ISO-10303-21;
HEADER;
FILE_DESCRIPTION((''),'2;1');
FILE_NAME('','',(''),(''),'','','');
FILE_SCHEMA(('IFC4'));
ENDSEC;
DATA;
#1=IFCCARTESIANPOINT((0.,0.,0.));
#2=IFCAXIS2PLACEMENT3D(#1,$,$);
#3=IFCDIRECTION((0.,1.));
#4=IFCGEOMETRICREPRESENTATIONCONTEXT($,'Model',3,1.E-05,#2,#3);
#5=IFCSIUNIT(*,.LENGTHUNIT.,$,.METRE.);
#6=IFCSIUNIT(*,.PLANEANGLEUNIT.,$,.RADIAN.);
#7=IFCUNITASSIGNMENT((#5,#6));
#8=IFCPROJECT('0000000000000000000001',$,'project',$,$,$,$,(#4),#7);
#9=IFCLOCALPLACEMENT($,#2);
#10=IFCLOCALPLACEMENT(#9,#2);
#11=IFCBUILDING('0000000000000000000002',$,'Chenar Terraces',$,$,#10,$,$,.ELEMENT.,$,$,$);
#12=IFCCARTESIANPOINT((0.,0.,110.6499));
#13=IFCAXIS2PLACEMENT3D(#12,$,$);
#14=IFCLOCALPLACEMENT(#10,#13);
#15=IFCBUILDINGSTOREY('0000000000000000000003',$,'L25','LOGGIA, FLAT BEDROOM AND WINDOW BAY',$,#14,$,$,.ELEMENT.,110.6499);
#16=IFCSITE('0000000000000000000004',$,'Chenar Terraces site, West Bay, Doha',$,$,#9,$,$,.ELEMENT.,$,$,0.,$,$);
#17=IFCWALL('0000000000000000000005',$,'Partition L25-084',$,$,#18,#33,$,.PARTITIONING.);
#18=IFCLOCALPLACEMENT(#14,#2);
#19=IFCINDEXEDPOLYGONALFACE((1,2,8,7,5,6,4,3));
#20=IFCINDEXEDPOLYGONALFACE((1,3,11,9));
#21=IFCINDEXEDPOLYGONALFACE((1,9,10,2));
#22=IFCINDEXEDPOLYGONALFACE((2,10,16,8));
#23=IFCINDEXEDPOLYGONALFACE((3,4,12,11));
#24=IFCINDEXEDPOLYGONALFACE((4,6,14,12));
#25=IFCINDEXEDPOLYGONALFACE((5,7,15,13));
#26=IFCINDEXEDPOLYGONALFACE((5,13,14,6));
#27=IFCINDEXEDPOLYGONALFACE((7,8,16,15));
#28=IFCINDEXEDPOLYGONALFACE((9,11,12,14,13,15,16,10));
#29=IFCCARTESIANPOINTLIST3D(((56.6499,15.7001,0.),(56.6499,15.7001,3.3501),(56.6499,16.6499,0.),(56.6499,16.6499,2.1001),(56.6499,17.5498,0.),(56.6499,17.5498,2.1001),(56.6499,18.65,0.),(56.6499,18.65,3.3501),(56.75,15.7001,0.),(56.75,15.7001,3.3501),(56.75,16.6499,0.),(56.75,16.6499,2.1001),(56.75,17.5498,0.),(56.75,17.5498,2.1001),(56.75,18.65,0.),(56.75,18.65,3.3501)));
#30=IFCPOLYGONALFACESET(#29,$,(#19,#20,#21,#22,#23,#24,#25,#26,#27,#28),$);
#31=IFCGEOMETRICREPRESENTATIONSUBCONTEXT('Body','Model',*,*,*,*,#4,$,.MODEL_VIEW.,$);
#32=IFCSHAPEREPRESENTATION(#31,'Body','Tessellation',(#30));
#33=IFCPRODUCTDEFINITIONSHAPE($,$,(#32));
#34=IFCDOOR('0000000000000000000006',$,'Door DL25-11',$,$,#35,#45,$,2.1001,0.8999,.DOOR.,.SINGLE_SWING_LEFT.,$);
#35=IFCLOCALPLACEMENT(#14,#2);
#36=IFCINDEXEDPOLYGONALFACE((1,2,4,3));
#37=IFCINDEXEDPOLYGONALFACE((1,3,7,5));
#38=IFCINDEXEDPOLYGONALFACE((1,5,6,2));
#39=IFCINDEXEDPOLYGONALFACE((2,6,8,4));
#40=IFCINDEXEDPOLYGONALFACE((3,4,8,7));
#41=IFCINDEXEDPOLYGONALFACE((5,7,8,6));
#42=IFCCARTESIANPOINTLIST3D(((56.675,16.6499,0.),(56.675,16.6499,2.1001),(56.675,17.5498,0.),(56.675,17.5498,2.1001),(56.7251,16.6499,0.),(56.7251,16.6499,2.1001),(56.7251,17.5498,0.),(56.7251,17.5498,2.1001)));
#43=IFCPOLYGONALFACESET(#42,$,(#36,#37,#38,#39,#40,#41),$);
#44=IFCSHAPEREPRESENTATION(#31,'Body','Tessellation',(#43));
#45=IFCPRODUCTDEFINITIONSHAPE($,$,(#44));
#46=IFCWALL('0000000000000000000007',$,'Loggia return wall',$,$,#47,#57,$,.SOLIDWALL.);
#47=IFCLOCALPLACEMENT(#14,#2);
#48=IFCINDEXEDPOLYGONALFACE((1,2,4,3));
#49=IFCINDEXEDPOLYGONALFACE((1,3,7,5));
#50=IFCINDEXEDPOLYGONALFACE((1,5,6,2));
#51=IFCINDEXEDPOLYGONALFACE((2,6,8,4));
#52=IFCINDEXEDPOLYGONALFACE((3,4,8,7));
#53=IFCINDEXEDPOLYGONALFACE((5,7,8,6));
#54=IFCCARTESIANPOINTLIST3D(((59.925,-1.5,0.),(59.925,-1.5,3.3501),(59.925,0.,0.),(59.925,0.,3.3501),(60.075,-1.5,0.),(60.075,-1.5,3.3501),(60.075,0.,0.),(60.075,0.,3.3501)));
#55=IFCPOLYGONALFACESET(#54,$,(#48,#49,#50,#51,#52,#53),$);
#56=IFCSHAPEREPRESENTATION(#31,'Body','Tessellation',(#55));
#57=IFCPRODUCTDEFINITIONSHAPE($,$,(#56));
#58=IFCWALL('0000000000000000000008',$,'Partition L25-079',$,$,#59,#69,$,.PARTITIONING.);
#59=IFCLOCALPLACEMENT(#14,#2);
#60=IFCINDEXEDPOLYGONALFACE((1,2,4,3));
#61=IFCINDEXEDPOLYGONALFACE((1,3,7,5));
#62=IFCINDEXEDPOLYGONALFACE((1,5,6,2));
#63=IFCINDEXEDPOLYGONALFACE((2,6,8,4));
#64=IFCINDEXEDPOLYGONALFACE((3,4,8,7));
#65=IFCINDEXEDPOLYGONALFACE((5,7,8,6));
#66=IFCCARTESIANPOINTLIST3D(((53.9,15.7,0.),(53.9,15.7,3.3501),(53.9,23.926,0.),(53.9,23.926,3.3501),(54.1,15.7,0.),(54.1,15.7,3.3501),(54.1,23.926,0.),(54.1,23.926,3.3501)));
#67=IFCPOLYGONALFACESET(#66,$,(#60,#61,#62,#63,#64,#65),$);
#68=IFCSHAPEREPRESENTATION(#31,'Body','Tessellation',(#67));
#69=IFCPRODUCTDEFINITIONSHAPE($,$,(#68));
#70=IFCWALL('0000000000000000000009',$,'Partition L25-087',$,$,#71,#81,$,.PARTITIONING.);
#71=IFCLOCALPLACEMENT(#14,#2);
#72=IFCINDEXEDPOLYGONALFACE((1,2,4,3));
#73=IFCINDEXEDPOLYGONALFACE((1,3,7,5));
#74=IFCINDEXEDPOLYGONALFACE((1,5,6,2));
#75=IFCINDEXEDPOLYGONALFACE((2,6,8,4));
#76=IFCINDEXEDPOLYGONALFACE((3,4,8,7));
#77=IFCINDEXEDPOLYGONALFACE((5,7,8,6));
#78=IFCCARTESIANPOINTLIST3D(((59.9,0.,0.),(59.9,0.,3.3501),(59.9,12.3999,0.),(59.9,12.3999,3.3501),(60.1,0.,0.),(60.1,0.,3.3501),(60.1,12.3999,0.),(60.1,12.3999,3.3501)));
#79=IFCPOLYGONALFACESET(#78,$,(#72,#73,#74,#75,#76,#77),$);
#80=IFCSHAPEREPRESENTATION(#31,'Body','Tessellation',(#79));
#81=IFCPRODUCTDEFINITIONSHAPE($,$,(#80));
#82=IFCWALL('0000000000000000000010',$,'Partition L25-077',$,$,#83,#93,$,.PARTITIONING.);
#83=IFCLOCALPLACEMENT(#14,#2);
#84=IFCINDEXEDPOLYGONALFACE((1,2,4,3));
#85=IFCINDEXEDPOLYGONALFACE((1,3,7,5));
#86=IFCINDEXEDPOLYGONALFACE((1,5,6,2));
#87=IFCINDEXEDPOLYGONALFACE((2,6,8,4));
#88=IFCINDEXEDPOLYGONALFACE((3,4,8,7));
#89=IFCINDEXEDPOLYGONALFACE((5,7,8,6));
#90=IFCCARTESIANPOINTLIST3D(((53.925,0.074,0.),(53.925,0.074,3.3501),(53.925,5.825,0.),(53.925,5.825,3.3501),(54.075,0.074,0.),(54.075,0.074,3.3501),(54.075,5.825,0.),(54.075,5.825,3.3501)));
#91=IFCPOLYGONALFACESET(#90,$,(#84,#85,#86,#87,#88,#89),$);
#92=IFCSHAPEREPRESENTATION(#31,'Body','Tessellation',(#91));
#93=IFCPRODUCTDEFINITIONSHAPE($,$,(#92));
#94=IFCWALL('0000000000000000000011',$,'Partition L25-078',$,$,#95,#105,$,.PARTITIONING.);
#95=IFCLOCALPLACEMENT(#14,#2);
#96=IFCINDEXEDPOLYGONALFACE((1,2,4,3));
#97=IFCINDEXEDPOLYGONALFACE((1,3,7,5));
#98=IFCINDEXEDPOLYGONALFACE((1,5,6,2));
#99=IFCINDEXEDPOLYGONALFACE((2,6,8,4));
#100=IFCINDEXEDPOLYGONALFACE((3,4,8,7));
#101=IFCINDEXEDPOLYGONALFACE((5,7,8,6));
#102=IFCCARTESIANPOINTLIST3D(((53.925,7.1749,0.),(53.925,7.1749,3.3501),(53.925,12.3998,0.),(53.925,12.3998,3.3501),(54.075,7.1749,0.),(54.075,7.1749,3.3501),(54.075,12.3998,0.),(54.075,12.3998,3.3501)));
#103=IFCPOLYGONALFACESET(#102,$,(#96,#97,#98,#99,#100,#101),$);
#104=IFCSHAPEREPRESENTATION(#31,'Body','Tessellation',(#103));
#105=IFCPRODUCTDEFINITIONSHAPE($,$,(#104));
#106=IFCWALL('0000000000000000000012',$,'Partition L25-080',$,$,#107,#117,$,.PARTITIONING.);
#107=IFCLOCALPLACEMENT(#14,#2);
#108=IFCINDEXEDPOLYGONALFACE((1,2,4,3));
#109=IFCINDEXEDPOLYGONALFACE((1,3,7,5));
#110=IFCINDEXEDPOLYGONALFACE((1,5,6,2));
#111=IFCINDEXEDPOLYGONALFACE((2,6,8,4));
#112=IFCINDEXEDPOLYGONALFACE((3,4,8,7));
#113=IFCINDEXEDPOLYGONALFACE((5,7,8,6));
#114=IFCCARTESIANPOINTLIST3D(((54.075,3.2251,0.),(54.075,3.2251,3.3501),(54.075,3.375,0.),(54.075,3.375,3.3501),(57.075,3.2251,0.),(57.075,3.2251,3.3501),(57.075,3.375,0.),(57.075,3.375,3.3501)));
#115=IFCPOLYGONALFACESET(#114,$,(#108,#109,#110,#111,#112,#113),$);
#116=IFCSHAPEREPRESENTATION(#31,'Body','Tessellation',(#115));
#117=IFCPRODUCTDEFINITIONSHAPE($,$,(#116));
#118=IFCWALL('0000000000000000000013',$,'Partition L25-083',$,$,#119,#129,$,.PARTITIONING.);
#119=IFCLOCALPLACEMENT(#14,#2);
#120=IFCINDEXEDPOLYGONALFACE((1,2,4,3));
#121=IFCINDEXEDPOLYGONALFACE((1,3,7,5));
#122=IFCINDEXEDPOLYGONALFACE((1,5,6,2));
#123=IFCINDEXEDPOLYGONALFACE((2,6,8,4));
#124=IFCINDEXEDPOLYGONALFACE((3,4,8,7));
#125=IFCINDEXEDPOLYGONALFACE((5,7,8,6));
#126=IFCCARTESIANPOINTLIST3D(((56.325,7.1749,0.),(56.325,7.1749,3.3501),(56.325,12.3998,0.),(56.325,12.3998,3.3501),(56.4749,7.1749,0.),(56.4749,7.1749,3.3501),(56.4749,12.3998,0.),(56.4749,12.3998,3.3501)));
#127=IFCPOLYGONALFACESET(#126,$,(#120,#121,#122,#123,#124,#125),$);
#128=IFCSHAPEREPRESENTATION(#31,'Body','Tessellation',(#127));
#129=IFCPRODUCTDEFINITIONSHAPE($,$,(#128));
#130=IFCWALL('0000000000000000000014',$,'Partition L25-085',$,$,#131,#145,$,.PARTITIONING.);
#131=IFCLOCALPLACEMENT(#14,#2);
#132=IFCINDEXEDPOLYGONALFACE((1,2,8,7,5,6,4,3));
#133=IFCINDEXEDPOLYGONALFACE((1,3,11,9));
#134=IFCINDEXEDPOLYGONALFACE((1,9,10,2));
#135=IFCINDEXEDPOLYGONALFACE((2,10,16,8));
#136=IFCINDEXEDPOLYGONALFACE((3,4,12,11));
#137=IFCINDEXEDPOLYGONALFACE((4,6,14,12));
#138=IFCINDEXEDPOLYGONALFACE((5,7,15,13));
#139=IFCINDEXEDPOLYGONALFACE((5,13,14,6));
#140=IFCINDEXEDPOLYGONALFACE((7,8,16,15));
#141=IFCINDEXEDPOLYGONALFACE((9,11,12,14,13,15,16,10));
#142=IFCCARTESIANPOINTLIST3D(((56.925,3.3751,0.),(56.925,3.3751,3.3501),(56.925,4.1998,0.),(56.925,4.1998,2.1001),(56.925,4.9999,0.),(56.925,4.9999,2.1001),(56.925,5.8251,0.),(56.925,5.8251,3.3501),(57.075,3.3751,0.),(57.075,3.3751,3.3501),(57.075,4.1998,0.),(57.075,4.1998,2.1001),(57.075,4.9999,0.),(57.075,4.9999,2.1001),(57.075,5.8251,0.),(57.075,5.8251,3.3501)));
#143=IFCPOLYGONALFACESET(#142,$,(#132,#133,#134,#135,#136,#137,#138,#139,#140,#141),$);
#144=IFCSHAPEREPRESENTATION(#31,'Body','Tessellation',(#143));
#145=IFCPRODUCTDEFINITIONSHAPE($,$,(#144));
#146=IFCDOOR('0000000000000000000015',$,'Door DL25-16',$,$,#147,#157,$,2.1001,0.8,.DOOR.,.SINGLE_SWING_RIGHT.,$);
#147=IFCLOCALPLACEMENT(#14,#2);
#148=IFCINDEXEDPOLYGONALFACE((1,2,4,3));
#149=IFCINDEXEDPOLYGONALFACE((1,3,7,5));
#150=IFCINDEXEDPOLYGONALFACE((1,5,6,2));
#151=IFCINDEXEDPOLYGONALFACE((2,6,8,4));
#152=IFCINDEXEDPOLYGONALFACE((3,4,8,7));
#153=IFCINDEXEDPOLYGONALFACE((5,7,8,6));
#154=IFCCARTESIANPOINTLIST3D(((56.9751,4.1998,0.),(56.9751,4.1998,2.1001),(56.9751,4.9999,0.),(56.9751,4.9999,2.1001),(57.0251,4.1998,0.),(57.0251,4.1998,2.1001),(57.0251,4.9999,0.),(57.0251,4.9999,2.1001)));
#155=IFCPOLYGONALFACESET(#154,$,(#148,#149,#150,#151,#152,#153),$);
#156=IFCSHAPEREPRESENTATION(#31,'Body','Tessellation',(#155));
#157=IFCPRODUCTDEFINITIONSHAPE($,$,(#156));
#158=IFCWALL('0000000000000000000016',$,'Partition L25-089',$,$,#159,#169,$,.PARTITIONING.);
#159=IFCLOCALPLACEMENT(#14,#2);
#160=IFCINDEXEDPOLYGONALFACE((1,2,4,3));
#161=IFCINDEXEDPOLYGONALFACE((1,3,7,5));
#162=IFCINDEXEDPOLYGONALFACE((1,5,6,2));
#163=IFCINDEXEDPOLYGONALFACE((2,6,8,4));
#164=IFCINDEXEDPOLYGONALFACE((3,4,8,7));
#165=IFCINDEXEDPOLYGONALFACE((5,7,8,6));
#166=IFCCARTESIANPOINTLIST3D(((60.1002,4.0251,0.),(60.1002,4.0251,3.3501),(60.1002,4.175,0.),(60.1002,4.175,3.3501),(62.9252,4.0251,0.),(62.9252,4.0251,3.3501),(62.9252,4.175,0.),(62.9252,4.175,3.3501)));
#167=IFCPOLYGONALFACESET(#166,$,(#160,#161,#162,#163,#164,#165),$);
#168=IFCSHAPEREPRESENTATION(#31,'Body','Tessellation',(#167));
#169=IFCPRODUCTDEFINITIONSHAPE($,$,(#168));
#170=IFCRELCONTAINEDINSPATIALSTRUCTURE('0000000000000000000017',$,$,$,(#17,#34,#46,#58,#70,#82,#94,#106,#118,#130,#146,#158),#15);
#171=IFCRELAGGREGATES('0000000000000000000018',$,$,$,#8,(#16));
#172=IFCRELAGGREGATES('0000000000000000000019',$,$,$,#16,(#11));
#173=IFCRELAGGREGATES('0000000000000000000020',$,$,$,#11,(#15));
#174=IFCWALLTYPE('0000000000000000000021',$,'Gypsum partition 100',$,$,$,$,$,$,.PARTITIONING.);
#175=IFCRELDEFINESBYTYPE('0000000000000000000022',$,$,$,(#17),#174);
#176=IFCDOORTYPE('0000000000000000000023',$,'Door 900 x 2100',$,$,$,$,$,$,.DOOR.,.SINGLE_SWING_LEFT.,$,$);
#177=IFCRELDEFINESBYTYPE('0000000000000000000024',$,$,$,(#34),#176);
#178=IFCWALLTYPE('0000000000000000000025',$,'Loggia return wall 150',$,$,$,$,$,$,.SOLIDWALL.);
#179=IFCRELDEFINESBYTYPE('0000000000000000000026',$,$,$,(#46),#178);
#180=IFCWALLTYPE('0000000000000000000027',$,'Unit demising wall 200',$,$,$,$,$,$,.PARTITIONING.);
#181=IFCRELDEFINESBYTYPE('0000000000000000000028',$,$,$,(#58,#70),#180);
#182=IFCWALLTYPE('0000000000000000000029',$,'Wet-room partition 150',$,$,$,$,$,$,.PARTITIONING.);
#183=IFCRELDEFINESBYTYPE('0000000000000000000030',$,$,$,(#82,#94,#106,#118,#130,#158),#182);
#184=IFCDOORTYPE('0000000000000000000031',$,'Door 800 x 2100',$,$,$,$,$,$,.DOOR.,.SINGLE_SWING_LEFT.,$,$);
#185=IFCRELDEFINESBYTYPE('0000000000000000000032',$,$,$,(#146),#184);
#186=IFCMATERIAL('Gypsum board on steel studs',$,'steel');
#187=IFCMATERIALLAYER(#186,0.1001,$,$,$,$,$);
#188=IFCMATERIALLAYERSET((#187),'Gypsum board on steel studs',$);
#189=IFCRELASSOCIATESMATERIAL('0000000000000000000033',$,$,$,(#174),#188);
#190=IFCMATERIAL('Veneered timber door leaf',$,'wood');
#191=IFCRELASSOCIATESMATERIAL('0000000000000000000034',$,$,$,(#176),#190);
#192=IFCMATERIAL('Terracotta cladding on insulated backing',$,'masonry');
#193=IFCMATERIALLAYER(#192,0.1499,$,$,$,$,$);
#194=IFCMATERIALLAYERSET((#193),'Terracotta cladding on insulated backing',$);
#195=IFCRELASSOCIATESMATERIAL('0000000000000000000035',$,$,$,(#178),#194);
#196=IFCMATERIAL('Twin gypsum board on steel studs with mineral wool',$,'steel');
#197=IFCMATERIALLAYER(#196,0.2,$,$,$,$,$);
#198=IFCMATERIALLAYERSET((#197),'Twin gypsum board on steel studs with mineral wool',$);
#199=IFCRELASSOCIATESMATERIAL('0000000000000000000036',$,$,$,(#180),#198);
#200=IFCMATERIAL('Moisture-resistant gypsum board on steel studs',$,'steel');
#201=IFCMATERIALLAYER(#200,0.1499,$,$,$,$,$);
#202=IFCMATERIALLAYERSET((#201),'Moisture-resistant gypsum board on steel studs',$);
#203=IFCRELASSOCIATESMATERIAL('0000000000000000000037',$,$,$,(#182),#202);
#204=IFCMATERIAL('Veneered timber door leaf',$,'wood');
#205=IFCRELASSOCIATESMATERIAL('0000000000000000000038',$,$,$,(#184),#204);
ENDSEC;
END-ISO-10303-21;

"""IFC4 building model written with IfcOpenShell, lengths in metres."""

from ifc_helpers import new_model, si_unit, direction, frame, frame_2d, origin, place, context, subcontext, project, spatial, rectangle, extrude, material, layer, layer_set, type_object, element, fill, save


model = new_model("IFC4")

# Units and contexts
model_context = context("Model", 3, precision=1e-05, world=origin(), true_north=direction((0.0, 1.0)))
body_context = subcontext(model_context, "Body", "Model", "MODEL_VIEW")
ifc_project = project(units=[si_unit("LENGTHUNIT", "METRE"), si_unit("PLANEANGLEUNIT", "RADIAN")], contexts=[model_context])

# Site, building, storey
site_placement = place(None, origin())
site = spatial("IfcSite", under=ifc_project, at=site_placement, Name="Chenar Terraces site, West Bay, Doha", CompositionType="ELEMENT", RefElevation=0.0)
building_placement = place(site_placement, origin())
building = spatial("IfcBuilding", under=site, at=building_placement, Name="Chenar Terraces", CompositionType="ELEMENT")
storey_placement = place(building_placement, frame((0.0, 0.0, 110.6499)))
storey = spatial("IfcBuildingStorey", under=building, at=storey_placement, Name="L25", Description="LOGGIA, FLAT BEDROOM AND WINDOW BAY", CompositionType="ELEMENT", Elevation=110.6499)

# Shared definitions
ifc_material_1 = material(Name="Gypsum board on steel studs", Category="steel")
ifc_layer_1 = layer(ifc_material_1, 0.1001)
ifc_layer_set_1 = layer_set([ifc_layer_1], Name="Gypsum board on steel studs")
wall_type_1 = type_object("IfcWallType", Name="Gypsum partition 100", PredefinedType="PARTITIONING", material=ifc_layer_set_1)

# Wall, opening, door
wall_1_placement = place(storey_placement, frame((56.7, 15.7, 0.0), z_axis=(0.0, 0.0, 1.0), x_axis=(0.0, 1.0, 0.0)))
wall_1 = element("IfcWall", 1, at=wall_1_placement, inside=storey, type_object=wall_type_1, Name="Partition L25-084", PredefinedType="PARTITIONING", context=body_context, shape_type="SweptSolid", body=[
    extrude(rectangle(XDim=2.95, YDim=0.1001, at=frame_2d((1.4751, 0.0))), origin(), (0.0, 0.0, 1.0), 3.3501),
])
opening_1_placement = place(wall_1_placement, frame((0.95, 0.0, 0.0)))
opening_1 = element("IfcOpeningElement", 2, at=opening_1_placement, cuts=wall_1, PredefinedType="OPENING", context=body_context, shape_type="SweptSolid", body=[
    extrude(rectangle(XDim=0.8999, YDim=2.1001, at=frame_2d((0.45, 1.05))), frame((0.0, 0.0601, 0.0), z_axis=(0.0, -1.0, 0.0), x_axis=(1.0, 0.0, 0.0)), (0.0, 0.0, 1.0), 0.1201),
])
ifc_material_2 = material(Name="Veneered timber door leaf", Category="wood")
door_type_1 = type_object("IfcDoorType", Name="Door 900 x 2100", OperationType="SINGLE_SWING_LEFT", PredefinedType="DOOR", material=ifc_material_2)
door_1_placement = place(opening_1_placement, origin())
door_1 = element("IfcDoor", 3, at=door_1_placement, inside=storey, type_object=door_type_1, Name="Door DL25-11", OperationType="SINGLE_SWING_LEFT", OverallHeight=2.1001, OverallWidth=0.8999, PredefinedType="DOOR", context=body_context, shape_type="SweptSolid", body=[
    extrude(rectangle(XDim=0.8999, YDim=2.1001, at=frame_2d((0.45, 1.05))), frame((0.0, 0.0249, 0.0), z_axis=(0.0, -1.0, 0.0), x_axis=(1.0, 0.0, 0.0)), (0.0, 0.0, 1.0), 0.05),
])
fill(opening_1, door_1)

# Walls
ifc_material_3 = material(Name="Terracotta cladding on insulated backing", Category="masonry")
ifc_layer_2 = layer(ifc_material_3, 0.1499)
ifc_layer_set_2 = layer_set([ifc_layer_2], Name="Terracotta cladding on insulated backing")
wall_type_2 = type_object("IfcWallType", Name="Loggia return wall 150", PredefinedType="SOLIDWALL", material=ifc_layer_set_2)
wall_2_placement = place(storey_placement, frame((60.0, -1.5, 0.0), z_axis=(0.0, 0.0, 1.0), x_axis=(0.0, 1.0, 0.0)))
element("IfcWall", 4, at=wall_2_placement, inside=storey, type_object=wall_type_2, Name="Loggia return wall", PredefinedType="SOLIDWALL", context=body_context, shape_type="SweptSolid", body=[
    extrude(rectangle(XDim=1.5, YDim=0.1499, at=frame_2d((0.75, 0.0))), origin(), (0.0, 0.0, 1.0), 3.3501),
])
ifc_material_4 = material(Name="Twin gypsum board on steel studs with mineral wool", Category="steel")
ifc_layer_3 = layer(ifc_material_4, 0.2)
ifc_layer_set_3 = layer_set([ifc_layer_3], Name="Twin gypsum board on steel studs with mineral wool")
wall_type_3 = type_object("IfcWallType", Name="Unit demising wall 200", PredefinedType="PARTITIONING", material=ifc_layer_set_3)
wall_3_placement = place(storey_placement, frame((54.0, 15.7, 0.0), z_axis=(0.0, 0.0, 1.0), x_axis=(0.0, 1.0, 0.0)))
element("IfcWall", 5, at=wall_3_placement, inside=storey, type_object=wall_type_3, Name="Partition L25-079", PredefinedType="PARTITIONING", context=body_context, shape_type="SweptSolid", body=[
    extrude(rectangle(XDim=8.2261, YDim=0.2, at=frame_2d((4.113, 0.0))), origin(), (0.0, 0.0, 1.0), 3.3501),
])
wall_4_placement = place(storey_placement, frame((60.0, 0.0, 0.0), z_axis=(0.0, 0.0, 1.0), x_axis=(0.0, 1.0, 0.0)))
element("IfcWall", 6, at=wall_4_placement, inside=storey, type_object=wall_type_3, Name="Partition L25-087", PredefinedType="PARTITIONING", context=body_context, shape_type="SweptSolid", body=[
    extrude(rectangle(XDim=12.3999, YDim=0.2, at=frame_2d((6.2, 0.0))), origin(), (0.0, 0.0, 1.0), 3.3501),
])
ifc_material_5 = material(Name="Moisture-resistant gypsum board on steel studs", Category="steel")
ifc_layer_4 = layer(ifc_material_5, 0.1499)
ifc_layer_set_4 = layer_set([ifc_layer_4], Name="Moisture-resistant gypsum board on steel studs")
wall_type_4 = type_object("IfcWallType", Name="Wet-room partition 150", PredefinedType="PARTITIONING", material=ifc_layer_set_4)
wall_5_placement = place(storey_placement, frame((54.0, 0.074, 0.0), z_axis=(0.0, 0.0, 1.0), x_axis=(0.0, 1.0, 0.0)))
element("IfcWall", 7, at=wall_5_placement, inside=storey, type_object=wall_type_4, Name="Partition L25-077", PredefinedType="PARTITIONING", context=body_context, shape_type="SweptSolid", body=[
    extrude(rectangle(XDim=5.751, YDim=0.1499, at=frame_2d((2.8755, 0.0))), origin(), (0.0, 0.0, 1.0), 3.3501),
])
wall_6_placement = place(storey_placement, frame((54.0, 7.175, 0.0), z_axis=(0.0, 0.0, 1.0), x_axis=(0.0, 1.0, 0.0)))
element("IfcWall", 8, at=wall_6_placement, inside=storey, type_object=wall_type_4, Name="Partition L25-078", PredefinedType="PARTITIONING", context=body_context, shape_type="SweptSolid", body=[
    extrude(rectangle(XDim=5.2249, YDim=0.1499, at=frame_2d((2.6123, 0.0))), origin(), (0.0, 0.0, 1.0), 3.3501),
])
wall_7_placement = place(storey_placement, frame((54.075, 3.3, 0.0), z_axis=(0.0, 0.0, 1.0), x_axis=(1.0, 0.0, 0.0)))
element("IfcWall", 9, at=wall_7_placement, inside=storey, type_object=wall_type_4, Name="Partition L25-080", PredefinedType="PARTITIONING", context=body_context, shape_type="SweptSolid", body=[
    extrude(rectangle(XDim=3.0, YDim=0.1499, at=frame_2d((1.5, 0.0))), origin(), (0.0, 0.0, 1.0), 3.3501),
])
wall_8_placement = place(storey_placement, frame((56.3999, 7.175, 0.0), z_axis=(0.0, 0.0, 1.0), x_axis=(0.0, 1.0, 0.0)))
element("IfcWall", 10, at=wall_8_placement, inside=storey, type_object=wall_type_4, Name="Partition L25-083", PredefinedType="PARTITIONING", context=body_context, shape_type="SweptSolid", body=[
    extrude(rectangle(XDim=5.2249, YDim=0.1499, at=frame_2d((2.6123, 0.0))), origin(), (0.0, 0.0, 1.0), 3.3501),
])

# Wall, opening, door
wall_9_placement = place(storey_placement, frame((57.0, 3.375, 0.0), z_axis=(0.0, 0.0, 1.0), x_axis=(0.0, 1.0, 0.0)))
wall_9 = element("IfcWall", 11, at=wall_9_placement, inside=storey, type_object=wall_type_4, Name="Partition L25-085", PredefinedType="PARTITIONING", context=body_context, shape_type="SweptSolid", body=[
    extrude(rectangle(XDim=2.45, YDim=0.1499, at=frame_2d((1.2251, 0.0))), origin(), (0.0, 0.0, 1.0), 3.3501),
])
opening_2_placement = place(wall_9_placement, frame((0.825, 0.0, 0.0)))
opening_2 = element("IfcOpeningElement", 12, at=opening_2_placement, cuts=wall_9, PredefinedType="OPENING", context=body_context, shape_type="SweptSolid", body=[
    extrude(rectangle(XDim=0.8, YDim=2.1001, at=frame_2d((0.3999, 1.05))), frame((0.0, 0.085, 0.0), z_axis=(0.0, -1.0, 0.0), x_axis=(1.0, 0.0, 0.0)), (0.0, 0.0, 1.0), 0.1699),
])
ifc_material_6 = material(Name="Veneered timber door leaf", Category="wood")
door_type_2 = type_object("IfcDoorType", Name="Door 800 x 2100", OperationType="SINGLE_SWING_LEFT", PredefinedType="DOOR", material=ifc_material_6)
door_2_placement = place(opening_2_placement, origin())
door_2 = element("IfcDoor", 13, at=door_2_placement, inside=storey, type_object=door_type_2, Name="Door DL25-16", OperationType="SINGLE_SWING_RIGHT", OverallHeight=2.1001, OverallWidth=0.8, PredefinedType="DOOR", context=body_context, shape_type="SweptSolid", body=[
    extrude(rectangle(XDim=0.8, YDim=2.1001, at=frame_2d((0.3999, 1.05))), frame((0.0, 0.0249, 0.0), z_axis=(0.0, -1.0, 0.0), x_axis=(1.0, 0.0, 0.0)), (0.0, 0.0, 1.0), 0.05),
])
fill(opening_2, door_2)

# Wall
wall_10_placement = place(storey_placement, frame((60.1001, 4.1001, 0.0), z_axis=(0.0, 0.0, 1.0), x_axis=(1.0, 0.0, 0.0)))
element("IfcWall", 14, at=wall_10_placement, inside=storey, type_object=wall_type_4, Name="Partition L25-089", PredefinedType="PARTITIONING", context=body_context, shape_type="SweptSolid", body=[
    extrude(rectangle(XDim=2.825, YDim=0.1499, at=frame_2d((1.4126, 0.0))), origin(), (0.0, 0.0, 1.0), 3.3501),
])

save(model, "model.ifc")
